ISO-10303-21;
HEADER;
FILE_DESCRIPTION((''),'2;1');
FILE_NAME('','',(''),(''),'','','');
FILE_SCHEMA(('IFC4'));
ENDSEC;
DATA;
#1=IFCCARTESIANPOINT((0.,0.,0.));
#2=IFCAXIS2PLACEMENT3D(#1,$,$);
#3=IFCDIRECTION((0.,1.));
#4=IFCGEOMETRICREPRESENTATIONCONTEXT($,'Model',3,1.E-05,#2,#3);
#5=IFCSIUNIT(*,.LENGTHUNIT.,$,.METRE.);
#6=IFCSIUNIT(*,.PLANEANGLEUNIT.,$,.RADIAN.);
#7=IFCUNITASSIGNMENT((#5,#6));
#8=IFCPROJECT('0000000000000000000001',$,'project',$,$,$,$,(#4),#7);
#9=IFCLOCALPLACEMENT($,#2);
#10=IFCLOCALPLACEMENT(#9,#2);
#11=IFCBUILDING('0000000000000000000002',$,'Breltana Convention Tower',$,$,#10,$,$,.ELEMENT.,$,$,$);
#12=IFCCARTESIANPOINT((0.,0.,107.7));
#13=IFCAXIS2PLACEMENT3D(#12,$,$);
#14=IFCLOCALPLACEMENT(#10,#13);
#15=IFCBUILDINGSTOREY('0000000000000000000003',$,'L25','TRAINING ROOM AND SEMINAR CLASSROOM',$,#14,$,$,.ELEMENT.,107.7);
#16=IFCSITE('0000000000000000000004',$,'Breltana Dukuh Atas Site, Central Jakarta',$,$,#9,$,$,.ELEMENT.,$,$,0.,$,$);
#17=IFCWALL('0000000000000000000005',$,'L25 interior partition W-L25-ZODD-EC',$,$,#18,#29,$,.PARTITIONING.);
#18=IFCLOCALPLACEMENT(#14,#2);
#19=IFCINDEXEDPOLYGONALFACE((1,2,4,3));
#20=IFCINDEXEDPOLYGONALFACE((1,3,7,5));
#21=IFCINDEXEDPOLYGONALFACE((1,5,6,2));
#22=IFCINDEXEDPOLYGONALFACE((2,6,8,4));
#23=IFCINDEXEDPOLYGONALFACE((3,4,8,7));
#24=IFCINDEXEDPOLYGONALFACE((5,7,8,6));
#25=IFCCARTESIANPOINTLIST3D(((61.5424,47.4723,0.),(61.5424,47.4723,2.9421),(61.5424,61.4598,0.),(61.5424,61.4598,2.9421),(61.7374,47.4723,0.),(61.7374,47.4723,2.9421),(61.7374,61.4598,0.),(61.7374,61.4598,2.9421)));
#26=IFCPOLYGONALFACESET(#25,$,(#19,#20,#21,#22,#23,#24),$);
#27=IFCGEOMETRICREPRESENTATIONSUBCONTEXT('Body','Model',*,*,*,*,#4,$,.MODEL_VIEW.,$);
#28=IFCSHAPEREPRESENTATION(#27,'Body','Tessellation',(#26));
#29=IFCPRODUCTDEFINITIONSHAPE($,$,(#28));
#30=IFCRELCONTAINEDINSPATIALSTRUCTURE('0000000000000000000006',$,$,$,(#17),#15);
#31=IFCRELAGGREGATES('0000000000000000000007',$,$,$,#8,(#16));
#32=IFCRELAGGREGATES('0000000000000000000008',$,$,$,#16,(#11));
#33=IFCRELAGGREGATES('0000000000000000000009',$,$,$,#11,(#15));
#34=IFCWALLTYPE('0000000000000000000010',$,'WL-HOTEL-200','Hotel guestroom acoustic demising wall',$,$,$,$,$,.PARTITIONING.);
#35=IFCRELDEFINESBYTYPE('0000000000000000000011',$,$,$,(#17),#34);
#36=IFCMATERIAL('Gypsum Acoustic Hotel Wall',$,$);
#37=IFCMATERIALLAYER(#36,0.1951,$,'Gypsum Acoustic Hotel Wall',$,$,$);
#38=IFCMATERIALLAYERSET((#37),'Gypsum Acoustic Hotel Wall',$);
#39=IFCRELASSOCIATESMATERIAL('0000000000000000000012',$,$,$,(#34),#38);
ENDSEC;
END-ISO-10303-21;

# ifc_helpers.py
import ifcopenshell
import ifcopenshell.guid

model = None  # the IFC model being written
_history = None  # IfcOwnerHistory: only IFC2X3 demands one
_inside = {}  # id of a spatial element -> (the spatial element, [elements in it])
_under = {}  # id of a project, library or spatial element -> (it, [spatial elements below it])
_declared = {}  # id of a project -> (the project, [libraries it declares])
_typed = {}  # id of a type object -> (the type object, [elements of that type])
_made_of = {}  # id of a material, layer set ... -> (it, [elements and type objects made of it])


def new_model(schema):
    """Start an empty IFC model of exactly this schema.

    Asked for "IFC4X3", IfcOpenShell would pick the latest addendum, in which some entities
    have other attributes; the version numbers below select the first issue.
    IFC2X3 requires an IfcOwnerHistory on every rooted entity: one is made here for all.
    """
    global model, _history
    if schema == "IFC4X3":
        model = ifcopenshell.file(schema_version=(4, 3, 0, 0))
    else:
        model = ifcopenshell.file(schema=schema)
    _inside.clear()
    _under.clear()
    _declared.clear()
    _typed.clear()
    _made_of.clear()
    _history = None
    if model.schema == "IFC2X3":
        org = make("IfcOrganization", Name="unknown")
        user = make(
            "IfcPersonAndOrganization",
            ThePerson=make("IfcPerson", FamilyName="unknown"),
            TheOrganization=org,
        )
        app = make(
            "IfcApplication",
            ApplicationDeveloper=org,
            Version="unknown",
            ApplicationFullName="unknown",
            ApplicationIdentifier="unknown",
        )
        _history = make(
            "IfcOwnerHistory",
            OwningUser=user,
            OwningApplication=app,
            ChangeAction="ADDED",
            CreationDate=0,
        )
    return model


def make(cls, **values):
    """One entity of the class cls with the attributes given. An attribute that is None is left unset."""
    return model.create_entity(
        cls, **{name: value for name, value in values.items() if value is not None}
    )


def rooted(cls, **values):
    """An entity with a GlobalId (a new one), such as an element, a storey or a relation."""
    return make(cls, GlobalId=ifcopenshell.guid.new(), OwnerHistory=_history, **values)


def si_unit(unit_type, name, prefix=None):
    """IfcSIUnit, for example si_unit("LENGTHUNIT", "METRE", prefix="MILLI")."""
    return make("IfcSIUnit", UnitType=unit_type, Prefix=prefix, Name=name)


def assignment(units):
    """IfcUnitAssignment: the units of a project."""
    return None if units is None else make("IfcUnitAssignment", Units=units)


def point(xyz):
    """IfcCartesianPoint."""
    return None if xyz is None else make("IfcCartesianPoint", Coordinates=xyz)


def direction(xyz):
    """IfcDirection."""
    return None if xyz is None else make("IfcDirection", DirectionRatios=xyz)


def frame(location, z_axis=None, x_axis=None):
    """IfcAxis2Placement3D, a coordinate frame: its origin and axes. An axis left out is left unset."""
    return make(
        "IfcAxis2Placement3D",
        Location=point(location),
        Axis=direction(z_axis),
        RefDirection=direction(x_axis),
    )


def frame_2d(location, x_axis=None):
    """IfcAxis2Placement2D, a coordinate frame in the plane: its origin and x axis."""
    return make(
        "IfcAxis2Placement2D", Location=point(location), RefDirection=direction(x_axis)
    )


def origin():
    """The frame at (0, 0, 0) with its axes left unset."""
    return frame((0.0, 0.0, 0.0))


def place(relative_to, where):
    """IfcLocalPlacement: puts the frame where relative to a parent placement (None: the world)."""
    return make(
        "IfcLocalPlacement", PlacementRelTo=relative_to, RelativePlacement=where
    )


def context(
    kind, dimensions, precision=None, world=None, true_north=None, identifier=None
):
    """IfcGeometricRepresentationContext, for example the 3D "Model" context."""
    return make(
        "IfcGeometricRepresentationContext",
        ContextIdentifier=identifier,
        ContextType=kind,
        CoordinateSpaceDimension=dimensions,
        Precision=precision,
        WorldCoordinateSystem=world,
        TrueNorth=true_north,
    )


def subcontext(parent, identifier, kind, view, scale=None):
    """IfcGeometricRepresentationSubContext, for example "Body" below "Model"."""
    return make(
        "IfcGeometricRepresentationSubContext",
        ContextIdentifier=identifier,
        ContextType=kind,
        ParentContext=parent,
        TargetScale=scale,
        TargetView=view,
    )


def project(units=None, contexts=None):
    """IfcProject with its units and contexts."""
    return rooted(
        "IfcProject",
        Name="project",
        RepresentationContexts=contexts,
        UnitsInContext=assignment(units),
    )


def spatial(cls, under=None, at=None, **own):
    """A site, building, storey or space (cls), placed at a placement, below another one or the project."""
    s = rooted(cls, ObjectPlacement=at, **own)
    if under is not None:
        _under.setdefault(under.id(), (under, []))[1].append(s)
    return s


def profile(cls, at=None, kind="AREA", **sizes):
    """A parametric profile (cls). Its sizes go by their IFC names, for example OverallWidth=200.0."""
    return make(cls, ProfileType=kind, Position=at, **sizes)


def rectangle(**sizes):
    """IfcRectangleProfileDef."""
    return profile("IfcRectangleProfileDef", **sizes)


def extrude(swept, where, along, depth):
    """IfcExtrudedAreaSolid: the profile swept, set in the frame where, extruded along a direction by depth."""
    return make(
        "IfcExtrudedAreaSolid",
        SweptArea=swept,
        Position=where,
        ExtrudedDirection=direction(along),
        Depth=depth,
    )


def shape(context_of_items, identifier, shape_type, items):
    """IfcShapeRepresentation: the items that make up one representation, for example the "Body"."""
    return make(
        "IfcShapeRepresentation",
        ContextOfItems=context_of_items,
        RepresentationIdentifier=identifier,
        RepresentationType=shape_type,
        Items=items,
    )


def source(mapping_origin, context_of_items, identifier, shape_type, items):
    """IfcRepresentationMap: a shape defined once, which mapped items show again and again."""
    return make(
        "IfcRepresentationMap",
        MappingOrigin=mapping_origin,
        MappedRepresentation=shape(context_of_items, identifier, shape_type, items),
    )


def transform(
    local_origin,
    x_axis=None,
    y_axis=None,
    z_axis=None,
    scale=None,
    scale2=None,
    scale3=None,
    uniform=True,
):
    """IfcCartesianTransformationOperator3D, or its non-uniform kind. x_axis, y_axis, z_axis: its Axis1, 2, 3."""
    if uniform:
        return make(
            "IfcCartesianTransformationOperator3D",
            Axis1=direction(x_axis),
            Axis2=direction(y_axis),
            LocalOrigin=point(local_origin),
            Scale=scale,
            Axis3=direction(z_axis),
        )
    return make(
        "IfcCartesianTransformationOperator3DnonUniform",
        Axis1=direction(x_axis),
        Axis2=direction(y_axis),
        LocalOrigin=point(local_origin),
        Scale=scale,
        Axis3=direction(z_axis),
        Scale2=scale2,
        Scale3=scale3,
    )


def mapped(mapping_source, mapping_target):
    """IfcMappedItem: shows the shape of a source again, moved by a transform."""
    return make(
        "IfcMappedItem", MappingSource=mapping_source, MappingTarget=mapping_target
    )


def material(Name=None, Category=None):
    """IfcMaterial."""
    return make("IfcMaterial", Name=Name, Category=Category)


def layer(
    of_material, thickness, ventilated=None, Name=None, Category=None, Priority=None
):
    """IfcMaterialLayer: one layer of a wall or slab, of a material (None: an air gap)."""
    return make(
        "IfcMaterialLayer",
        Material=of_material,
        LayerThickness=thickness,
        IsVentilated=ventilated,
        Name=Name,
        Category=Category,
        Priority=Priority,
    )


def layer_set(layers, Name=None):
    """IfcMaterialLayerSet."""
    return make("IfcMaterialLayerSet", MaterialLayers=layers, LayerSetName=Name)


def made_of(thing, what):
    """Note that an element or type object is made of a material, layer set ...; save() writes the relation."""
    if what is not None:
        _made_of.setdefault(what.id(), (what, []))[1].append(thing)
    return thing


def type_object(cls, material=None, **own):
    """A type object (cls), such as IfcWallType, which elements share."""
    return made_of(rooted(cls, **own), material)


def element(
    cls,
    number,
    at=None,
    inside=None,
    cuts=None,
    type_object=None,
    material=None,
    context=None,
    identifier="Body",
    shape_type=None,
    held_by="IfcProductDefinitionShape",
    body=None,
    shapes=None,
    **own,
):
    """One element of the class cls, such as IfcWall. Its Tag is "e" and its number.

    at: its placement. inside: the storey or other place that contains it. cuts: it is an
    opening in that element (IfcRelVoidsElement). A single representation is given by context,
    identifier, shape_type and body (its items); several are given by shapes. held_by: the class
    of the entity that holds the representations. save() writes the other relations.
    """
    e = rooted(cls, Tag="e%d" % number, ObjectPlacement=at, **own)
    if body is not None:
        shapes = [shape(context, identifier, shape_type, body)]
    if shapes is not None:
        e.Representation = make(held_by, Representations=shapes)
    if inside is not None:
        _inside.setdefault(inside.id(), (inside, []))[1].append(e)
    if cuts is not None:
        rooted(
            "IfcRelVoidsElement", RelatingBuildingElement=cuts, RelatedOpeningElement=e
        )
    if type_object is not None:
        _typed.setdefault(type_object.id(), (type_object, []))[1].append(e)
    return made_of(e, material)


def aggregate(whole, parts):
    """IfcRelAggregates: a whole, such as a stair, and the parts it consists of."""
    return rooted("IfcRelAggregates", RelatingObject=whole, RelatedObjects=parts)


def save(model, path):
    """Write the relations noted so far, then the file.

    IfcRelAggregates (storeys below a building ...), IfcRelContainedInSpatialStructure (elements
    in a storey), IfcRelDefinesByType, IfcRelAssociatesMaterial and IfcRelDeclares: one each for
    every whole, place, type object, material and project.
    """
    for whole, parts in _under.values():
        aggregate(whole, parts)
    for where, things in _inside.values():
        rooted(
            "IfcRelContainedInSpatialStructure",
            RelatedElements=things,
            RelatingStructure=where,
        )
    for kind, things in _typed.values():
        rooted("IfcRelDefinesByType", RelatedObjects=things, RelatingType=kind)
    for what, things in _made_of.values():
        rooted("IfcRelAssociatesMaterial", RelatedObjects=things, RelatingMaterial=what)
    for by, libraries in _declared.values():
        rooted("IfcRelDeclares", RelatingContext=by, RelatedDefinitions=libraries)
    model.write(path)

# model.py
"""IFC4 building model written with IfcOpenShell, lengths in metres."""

from ifc_helpers import new_model, si_unit, direction, frame, frame_2d, origin, place, context, subcontext, project, spatial, rectangle, extrude, source, transform, mapped, material, layer, layer_set, type_object, element, save


model = new_model("IFC4")

# Units and contexts
model_context = context("Model", 3, precision=1e-05, world=origin(), true_north=direction((0.0, 1.0)))
body_context = subcontext(model_context, "Body", "Model", "MODEL_VIEW")
ifc_project = project(units=[si_unit("LENGTHUNIT", "METRE"), si_unit("PLANEANGLEUNIT", "RADIAN")], contexts=[model_context])

# Site, building, storey
site_placement = place(None, origin())
site = spatial("IfcSite", under=ifc_project, at=site_placement, Name="Breltana Dukuh Atas Site, Central Jakarta", CompositionType="ELEMENT", RefElevation=0.0)
building_placement = place(site_placement, origin())
building = spatial("IfcBuilding", under=site, at=building_placement, Name="Breltana Convention Tower", CompositionType="ELEMENT")
storey_placement = place(building_placement, frame((0.0, 0.0, 107.7)))
storey = spatial("IfcBuildingStorey", under=building, at=storey_placement, Name="L25", Description="TRAINING ROOM AND SEMINAR CLASSROOM", CompositionType="ELEMENT", Elevation=107.7)

# Wall
ifc_material_1 = material(Name="Gypsum Acoustic Hotel Wall")
ifc_layer_1 = layer(ifc_material_1, 0.1951, Name="Gypsum Acoustic Hotel Wall")
ifc_layer_set_1 = layer_set([ifc_layer_1], Name="Gypsum Acoustic Hotel Wall")
wall_type_1 = type_object("IfcWallType", Name="WL-HOTEL-200", Description="Hotel guestroom acoustic demising wall", PredefinedType="PARTITIONING", material=ifc_layer_set_1)
shared_shape_1 = source(origin(), body_context, "Body", "SweptSolid", [
    extrude(rectangle(XDim=13.9875, YDim=0.1951, at=frame_2d((6.9937, 0.0))), origin(), (0.0, 0.0, 1.0), 2.9421),
])
wall_1_placement = place(storey_placement, frame((61.6399, 47.4724, 0.0), z_axis=(0.0, 0.0, 1.0), x_axis=(0.0, 1.0, 0.0)))
element("IfcWall", 1, at=wall_1_placement, inside=storey, type_object=wall_type_1, Name="L25 interior partition W-L25-ZODD-EC", PredefinedType="PARTITIONING", context=body_context, shape_type="MappedRepresentation", body=[
    mapped(shared_shape_1, transform((0.0, 0.0, 0.0), scale=1.0)),
])

save(model, "model.ifc")
